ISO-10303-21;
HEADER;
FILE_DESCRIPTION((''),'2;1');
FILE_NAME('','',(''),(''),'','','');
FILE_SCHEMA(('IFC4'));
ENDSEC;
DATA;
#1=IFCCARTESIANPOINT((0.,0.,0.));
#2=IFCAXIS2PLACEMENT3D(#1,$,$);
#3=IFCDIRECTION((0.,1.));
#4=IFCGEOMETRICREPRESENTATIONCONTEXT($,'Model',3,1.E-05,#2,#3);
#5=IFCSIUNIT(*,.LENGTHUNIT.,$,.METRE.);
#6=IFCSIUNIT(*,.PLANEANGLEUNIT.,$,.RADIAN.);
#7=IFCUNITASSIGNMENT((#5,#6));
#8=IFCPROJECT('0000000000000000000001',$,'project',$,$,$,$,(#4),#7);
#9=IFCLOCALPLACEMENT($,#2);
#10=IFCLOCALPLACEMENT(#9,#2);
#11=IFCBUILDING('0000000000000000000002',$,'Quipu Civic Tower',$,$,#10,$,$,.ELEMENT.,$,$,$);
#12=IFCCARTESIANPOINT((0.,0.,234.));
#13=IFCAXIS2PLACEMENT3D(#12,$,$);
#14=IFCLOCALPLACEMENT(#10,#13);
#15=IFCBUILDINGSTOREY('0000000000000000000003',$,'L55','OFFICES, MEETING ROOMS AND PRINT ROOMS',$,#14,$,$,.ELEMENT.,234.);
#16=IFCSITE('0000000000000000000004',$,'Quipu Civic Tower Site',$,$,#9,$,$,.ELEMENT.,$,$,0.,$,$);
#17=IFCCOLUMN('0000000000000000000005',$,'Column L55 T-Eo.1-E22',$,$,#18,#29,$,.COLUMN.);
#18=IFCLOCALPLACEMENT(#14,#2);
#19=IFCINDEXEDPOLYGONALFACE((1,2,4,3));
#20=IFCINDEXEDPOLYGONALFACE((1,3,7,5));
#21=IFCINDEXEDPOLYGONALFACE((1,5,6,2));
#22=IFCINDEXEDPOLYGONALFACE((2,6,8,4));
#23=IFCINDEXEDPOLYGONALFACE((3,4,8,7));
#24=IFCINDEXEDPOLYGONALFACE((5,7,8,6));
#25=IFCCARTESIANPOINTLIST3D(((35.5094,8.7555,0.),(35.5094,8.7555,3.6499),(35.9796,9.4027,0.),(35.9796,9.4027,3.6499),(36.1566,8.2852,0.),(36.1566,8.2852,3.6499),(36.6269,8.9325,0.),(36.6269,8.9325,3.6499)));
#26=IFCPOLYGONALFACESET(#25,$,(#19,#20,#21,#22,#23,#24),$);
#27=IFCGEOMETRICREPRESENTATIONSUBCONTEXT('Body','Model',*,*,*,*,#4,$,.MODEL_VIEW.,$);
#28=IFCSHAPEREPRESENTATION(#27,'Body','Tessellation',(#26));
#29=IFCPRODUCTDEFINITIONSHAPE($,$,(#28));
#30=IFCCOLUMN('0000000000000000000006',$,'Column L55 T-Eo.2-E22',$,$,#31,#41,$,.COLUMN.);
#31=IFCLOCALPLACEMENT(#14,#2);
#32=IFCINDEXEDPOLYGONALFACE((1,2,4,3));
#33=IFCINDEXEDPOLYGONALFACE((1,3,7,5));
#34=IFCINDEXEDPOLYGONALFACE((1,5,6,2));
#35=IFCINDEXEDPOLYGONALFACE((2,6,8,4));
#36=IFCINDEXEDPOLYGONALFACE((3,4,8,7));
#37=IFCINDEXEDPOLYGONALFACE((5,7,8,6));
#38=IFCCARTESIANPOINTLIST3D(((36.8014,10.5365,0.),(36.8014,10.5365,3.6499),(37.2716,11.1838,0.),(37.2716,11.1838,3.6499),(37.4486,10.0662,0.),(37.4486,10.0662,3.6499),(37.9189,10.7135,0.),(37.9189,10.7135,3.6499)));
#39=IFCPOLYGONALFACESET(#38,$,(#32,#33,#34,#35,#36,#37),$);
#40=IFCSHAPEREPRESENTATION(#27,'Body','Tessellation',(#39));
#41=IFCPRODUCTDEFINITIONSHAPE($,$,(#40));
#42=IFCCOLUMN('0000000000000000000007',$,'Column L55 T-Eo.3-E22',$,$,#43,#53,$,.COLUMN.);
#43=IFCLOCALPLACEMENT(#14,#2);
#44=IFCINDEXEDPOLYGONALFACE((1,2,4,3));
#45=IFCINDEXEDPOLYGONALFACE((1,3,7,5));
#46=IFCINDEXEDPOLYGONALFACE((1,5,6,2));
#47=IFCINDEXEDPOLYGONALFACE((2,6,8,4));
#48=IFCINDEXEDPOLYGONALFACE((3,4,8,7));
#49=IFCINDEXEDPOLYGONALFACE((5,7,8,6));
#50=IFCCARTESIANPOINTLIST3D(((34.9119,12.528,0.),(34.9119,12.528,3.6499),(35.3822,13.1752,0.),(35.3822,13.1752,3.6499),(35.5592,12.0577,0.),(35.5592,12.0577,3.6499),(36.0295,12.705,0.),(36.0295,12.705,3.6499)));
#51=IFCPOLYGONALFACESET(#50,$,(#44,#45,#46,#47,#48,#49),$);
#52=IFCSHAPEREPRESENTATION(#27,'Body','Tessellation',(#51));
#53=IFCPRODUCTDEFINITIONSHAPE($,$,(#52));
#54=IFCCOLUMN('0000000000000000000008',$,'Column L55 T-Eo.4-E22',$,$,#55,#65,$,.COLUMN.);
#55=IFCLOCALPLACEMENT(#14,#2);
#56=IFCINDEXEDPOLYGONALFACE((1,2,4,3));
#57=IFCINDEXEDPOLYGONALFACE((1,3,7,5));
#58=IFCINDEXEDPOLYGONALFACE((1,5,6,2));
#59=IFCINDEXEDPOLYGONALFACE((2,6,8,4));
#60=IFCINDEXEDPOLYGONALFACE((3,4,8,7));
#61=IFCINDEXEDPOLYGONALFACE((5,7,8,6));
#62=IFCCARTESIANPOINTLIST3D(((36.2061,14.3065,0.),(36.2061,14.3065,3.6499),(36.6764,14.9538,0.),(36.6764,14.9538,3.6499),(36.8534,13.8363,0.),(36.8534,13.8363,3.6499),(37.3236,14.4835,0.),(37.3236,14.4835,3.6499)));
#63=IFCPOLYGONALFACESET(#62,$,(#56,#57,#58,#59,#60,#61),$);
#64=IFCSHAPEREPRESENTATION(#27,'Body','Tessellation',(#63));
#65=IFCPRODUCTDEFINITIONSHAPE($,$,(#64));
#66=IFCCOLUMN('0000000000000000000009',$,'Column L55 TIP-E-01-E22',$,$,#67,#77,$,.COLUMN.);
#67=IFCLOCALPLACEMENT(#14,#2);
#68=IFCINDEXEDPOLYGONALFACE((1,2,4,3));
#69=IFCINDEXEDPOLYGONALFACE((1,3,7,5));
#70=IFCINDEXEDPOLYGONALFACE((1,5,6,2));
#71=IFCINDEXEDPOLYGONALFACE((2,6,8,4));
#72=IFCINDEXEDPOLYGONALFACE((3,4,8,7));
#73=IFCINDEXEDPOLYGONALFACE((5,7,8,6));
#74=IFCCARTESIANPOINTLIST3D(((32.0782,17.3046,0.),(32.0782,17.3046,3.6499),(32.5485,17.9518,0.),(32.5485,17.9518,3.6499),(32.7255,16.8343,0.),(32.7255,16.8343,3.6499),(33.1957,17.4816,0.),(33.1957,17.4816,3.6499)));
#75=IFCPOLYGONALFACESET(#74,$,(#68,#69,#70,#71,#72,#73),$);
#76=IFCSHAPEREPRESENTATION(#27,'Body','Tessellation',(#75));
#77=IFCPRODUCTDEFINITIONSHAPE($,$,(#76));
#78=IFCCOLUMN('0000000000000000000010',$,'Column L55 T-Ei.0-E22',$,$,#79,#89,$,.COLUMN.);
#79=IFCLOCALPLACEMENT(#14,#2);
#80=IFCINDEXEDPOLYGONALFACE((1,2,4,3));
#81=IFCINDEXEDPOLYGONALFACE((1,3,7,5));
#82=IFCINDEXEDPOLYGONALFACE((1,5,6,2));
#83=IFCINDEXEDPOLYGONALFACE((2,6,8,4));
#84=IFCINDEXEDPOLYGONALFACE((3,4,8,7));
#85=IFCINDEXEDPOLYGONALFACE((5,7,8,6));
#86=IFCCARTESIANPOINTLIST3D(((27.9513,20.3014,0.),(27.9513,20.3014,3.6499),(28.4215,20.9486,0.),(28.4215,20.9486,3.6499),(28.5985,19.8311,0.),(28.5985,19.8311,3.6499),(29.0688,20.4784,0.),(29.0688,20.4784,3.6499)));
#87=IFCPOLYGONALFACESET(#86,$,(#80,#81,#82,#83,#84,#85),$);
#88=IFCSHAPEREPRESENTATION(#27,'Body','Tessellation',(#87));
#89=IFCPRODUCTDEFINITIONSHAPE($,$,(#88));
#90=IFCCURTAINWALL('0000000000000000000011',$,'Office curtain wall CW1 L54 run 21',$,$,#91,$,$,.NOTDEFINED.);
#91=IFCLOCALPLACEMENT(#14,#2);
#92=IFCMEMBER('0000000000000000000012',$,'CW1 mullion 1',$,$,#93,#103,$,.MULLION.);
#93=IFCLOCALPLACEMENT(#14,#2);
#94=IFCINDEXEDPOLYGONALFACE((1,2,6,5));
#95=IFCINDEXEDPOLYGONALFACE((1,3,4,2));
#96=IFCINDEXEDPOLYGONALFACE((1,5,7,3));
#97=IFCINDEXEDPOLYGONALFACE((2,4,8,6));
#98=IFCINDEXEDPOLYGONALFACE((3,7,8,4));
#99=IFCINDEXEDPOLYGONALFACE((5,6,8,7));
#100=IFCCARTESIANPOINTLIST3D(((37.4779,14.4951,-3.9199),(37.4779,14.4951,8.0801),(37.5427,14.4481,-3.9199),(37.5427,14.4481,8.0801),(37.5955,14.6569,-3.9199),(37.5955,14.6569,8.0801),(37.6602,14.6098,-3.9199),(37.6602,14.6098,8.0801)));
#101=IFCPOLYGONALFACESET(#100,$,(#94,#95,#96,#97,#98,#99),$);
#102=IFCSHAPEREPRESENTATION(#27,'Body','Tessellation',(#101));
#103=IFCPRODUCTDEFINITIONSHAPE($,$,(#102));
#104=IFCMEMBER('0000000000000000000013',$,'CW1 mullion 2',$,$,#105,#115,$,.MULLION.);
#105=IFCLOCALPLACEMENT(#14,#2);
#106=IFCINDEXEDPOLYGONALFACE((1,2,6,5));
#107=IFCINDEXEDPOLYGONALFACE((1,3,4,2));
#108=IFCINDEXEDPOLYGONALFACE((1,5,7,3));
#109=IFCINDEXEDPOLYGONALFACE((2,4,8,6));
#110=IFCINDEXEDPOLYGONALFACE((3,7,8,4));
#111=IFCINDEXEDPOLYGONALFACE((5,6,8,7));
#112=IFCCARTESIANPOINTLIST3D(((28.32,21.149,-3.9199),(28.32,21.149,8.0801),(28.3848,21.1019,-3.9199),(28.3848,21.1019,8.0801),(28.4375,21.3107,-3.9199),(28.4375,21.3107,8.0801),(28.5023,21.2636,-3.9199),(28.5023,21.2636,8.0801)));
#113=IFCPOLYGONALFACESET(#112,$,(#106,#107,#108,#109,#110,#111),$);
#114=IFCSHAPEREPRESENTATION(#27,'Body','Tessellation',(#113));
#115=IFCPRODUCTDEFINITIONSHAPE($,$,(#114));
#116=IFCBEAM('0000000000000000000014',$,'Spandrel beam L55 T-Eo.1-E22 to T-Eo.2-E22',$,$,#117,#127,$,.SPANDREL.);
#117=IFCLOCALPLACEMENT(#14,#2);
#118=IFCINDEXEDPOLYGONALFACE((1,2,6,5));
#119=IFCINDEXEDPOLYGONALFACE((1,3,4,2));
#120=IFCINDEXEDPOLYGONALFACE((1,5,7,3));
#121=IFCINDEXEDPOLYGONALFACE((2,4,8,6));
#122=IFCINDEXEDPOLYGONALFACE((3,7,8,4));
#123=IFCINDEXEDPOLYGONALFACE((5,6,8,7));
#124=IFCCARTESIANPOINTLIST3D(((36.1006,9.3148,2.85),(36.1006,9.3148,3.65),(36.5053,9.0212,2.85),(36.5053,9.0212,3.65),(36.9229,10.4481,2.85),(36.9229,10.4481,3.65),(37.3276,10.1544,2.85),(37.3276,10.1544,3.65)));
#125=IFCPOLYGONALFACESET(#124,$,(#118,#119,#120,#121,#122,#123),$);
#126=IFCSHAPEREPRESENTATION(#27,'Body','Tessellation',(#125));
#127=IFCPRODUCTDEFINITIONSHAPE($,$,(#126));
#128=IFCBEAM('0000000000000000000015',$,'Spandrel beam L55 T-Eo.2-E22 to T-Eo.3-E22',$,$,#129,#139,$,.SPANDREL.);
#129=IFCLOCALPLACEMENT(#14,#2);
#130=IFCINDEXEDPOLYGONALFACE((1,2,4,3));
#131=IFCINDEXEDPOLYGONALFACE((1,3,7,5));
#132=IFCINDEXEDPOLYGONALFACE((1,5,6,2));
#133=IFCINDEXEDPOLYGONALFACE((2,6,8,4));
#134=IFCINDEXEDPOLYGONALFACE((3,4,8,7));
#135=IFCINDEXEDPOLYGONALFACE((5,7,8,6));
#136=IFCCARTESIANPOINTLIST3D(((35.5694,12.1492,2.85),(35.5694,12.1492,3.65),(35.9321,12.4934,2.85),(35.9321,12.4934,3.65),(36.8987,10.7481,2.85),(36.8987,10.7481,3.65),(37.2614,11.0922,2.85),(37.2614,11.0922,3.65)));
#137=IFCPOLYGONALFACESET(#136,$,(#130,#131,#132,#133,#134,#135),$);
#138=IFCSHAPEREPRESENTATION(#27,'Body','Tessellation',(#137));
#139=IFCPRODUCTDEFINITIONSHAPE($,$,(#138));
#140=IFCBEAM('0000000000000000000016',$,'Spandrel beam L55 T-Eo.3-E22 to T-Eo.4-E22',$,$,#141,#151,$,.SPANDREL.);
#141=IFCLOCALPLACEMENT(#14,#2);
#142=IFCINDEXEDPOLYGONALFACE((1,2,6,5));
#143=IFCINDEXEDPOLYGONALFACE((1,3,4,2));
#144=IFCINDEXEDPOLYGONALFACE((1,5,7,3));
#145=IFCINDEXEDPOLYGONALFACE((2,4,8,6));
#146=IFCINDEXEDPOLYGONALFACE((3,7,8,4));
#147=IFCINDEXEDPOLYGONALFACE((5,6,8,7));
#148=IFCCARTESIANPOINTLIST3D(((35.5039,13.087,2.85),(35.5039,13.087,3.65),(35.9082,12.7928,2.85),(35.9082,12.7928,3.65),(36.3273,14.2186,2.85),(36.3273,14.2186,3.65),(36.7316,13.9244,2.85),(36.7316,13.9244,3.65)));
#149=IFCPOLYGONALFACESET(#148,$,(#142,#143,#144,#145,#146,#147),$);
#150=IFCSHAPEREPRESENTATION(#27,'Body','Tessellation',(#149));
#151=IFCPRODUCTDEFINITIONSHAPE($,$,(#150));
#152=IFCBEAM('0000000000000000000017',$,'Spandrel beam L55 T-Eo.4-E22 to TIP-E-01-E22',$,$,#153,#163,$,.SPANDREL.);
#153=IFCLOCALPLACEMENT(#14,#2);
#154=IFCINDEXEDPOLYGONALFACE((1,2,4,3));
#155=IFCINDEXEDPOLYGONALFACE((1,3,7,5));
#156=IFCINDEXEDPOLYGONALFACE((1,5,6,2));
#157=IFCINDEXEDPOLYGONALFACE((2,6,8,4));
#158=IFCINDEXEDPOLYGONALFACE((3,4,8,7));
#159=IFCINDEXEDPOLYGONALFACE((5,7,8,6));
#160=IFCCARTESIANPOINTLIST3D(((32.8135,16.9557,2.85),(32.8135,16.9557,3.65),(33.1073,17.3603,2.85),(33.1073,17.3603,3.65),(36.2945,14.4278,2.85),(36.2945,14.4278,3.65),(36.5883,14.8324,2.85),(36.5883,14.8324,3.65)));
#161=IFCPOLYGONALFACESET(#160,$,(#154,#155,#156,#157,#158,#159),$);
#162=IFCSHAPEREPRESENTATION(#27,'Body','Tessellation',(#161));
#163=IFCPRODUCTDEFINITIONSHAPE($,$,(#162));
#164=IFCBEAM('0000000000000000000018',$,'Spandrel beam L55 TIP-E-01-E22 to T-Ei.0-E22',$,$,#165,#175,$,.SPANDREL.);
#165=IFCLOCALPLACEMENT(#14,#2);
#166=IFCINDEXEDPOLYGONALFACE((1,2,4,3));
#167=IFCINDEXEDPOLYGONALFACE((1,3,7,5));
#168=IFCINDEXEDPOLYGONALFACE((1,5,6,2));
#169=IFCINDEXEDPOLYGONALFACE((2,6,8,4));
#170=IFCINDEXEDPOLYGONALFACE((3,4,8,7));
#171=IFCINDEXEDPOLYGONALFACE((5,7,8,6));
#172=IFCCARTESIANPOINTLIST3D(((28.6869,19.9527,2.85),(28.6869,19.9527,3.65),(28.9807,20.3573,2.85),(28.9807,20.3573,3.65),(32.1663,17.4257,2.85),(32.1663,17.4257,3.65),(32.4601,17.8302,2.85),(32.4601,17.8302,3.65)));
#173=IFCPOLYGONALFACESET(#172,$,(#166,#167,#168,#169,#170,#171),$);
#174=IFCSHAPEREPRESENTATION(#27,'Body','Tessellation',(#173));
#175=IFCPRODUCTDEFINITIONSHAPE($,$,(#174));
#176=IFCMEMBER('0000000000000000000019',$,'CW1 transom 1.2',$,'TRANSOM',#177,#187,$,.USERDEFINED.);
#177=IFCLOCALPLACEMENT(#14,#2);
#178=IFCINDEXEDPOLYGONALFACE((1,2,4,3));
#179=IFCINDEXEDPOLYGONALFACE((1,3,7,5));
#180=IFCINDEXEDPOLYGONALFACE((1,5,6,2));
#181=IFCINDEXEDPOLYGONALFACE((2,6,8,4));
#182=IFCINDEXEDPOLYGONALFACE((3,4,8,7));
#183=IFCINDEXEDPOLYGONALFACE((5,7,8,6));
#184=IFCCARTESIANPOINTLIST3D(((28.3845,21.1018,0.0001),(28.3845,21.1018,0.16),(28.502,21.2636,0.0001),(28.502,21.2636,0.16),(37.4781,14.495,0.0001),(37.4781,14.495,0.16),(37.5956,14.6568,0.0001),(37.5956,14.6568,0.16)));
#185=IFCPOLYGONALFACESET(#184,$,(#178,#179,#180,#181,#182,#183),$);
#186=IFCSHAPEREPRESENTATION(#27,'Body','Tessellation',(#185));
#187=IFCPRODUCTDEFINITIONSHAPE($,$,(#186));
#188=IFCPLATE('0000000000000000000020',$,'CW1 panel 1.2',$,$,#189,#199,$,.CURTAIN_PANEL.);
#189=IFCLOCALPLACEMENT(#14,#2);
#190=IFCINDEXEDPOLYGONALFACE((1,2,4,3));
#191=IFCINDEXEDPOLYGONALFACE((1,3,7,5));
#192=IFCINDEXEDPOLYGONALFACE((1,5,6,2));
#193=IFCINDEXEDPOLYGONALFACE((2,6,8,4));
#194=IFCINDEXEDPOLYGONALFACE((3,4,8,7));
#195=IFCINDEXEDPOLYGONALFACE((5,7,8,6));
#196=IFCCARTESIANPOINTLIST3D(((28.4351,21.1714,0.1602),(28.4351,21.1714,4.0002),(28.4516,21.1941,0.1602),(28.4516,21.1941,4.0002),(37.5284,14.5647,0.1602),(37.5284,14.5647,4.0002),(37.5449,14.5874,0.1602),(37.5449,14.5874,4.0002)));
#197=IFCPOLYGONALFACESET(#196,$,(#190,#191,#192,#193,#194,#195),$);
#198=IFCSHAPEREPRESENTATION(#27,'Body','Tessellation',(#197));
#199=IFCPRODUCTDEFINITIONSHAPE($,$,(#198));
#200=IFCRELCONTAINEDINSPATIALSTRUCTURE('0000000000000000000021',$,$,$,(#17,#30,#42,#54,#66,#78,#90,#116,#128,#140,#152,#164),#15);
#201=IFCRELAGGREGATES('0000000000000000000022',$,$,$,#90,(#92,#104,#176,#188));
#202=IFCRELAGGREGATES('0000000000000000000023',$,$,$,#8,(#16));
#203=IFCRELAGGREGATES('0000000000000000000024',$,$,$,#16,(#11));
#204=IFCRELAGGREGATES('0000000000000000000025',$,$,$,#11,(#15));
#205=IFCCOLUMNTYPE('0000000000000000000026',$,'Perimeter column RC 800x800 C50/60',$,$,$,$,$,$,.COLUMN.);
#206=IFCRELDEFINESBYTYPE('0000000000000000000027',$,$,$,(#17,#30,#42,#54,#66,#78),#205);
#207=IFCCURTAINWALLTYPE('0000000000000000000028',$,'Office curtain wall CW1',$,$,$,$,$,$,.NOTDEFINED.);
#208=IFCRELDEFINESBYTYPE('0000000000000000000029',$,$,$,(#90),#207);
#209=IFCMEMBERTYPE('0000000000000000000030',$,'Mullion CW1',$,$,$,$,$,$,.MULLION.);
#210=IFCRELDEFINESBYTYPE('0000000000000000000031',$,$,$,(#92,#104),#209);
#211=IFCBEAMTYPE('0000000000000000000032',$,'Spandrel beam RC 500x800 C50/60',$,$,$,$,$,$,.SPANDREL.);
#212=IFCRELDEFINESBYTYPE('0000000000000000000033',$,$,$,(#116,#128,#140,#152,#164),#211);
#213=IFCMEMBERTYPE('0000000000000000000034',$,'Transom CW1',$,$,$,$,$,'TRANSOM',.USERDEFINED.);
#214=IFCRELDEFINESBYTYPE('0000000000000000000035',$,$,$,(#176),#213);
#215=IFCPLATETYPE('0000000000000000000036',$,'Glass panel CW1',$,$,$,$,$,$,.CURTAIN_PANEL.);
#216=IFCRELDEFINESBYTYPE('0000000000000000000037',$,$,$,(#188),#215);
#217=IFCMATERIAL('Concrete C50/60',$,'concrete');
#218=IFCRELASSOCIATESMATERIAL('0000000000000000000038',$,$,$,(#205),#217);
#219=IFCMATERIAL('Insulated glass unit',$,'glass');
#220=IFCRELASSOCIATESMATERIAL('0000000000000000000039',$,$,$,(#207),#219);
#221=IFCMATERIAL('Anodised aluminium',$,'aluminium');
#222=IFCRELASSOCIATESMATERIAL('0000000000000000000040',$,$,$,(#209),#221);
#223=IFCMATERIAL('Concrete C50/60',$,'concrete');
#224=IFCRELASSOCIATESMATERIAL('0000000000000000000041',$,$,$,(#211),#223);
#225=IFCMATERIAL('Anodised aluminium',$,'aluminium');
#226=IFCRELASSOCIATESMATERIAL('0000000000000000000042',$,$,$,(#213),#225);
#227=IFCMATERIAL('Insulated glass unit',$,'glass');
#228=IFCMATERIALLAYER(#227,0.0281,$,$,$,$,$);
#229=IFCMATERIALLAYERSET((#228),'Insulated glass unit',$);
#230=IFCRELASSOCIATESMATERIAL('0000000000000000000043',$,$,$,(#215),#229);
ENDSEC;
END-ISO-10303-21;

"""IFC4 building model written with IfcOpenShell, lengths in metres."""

from ifc_helpers import new_model, si_unit, direction, frame, origin, origin_2d, place, context, subcontext, project, spatial, rectangle, extrude, material, layer, layer_set, material_profile, profile_set, type_object, element, aggregate, save


model = new_model("IFC4")

# Units and contexts
model_context = context("Model", 3, precision=1e-05, world=origin(), true_north=direction((0.0, 1.0)))
body_context = subcontext(model_context, "Body", "Model", "MODEL_VIEW")
ifc_project = project(units=[si_unit("LENGTHUNIT", "METRE"), si_unit("PLANEANGLEUNIT", "RADIAN")], contexts=[model_context])

# Site, building, storey
site_placement = place(None, origin())
site = spatial("IfcSite", under=ifc_project, at=site_placement, Name="Quipu Civic Tower Site", CompositionType="ELEMENT", RefElevation=0.0)
building_placement = place(site_placement, origin())
building = spatial("IfcBuilding", under=site, at=building_placement, Name="Quipu Civic Tower", CompositionType="ELEMENT")
storey_placement = place(building_placement, frame((0.0, 0.0, 234.0)))
storey = spatial("IfcBuildingStorey", under=building, at=storey_placement, Name="L55", Description="OFFICES, MEETING ROOMS AND PRINT ROOMS", CompositionType="ELEMENT", Elevation=234.0)

# Columns
ifc_material_1 = material(Name="Concrete C50/60", Category="concrete")
ifc_material_profile_1 = material_profile(ifc_material_1, rectangle(XDim=0.8, YDim=0.8, at=origin_2d()), Name="RC800x800")
ifc_profile_set_1 = profile_set([ifc_material_profile_1], Name="Concrete C50/60")
column_type = type_object("IfcColumnType", Name="Perimeter column RC 800x800 C50/60", PredefinedType="COLUMN", material=ifc_profile_set_1)
for number, where, z_axis, x_axis, name in (
    (1, (36.0681, 8.844, 0.0), (0.0, 0.0, 1.0), (0.587785, 0.809017, 0.0), "Column L55 T-Eo.1-E22"),
    (2, (37.3601, 10.625, 0.0), (0.0, 0.0, 1.0), (0.587785, 0.809017, 0.0), "Column L55 T-Eo.2-E22"),
    (3, (35.4707, 12.6165, 0.0), (0.0, 0.0, 1.0), (-0.809017, 0.587785, 0.0), "Column L55 T-Eo.3-E22"),
    (4, (36.7649, 14.395, 0.0), (0.0, 0.0, 1.0), (-0.809017, 0.587785, 0.0), "Column L55 T-Eo.4-E22"),
    (5, (32.637, 17.3931, 0.0), (0.0, 0.0, 1.0), (-0.809017, 0.587785, 0.0), "Column L55 TIP-E-01-E22"),
    (6, (28.51, 20.3899, 0.0), (0.0, 0.0, 1.0), (-0.587785, -0.809017, 0.0), "Column L55 T-Ei.0-E22"),
):
    element("IfcColumn", number, at=place(storey_placement, frame(where, z_axis=z_axis, x_axis=x_axis)), inside=storey, type_object=column_type, Name=name, PredefinedType="COLUMN", context=body_context, shape_type="SweptSolid", body=[
        extrude(rectangle(XDim=0.8, YDim=0.8, at=origin_2d()), origin(), (0.0, 0.0, 1.0), 3.6499),
    ])

# Curtain wall, members
ifc_material_2 = material(Name="Insulated glass unit", Category="glass")
curtain_wall_type = type_object("IfcCurtainWallType", Name="Office curtain wall CW1", PredefinedType="NOTDEFINED", material=ifc_material_2)
curtain_wall_placement = place(storey_placement, origin())
curtain_wall = element("IfcCurtainWall", 7, at=curtain_wall_placement, inside=storey, type_object=curtain_wall_type, Name="Office curtain wall CW1 L54 run 21", PredefinedType="NOTDEFINED")
ifc_material_3 = material(Name="Anodised aluminium", Category="aluminium")
ifc_material_profile_2 = material_profile(ifc_material_3, rectangle(XDim=0.2, YDim=0.0801, at=origin_2d()), Name="RECT 200x80")
ifc_profile_set_2 = profile_set([ifc_material_profile_2], Name="Anodised aluminium")
member_type_1 = type_object("IfcMemberType", Name="Mullion CW1", PredefinedType="MULLION", material=ifc_profile_set_2)
member_1_placement = place(storey_placement, frame((37.5691, 14.5525, -3.9199), z_axis=(0.0, 0.0, 1.0), x_axis=(-0.587788, -0.809015, 0.0)))
member_1 = element("IfcMember", 8, at=member_1_placement, type_object=member_type_1, Name="CW1 mullion 1", PredefinedType="MULLION", context=body_context, shape_type="SweptSolid", body=[
    extrude(rectangle(XDim=0.2, YDim=0.0801, at=origin_2d()), origin(), (0.0, 0.0, 1.0), 12.0),
])
member_2_placement = place(storey_placement, frame((28.4111, 21.2063, -3.9199), z_axis=(0.0, 0.0, 1.0), x_axis=(-0.587788, -0.809015, 0.0)))
member_2 = element("IfcMember", 9, at=member_2_placement, type_object=member_type_1, Name="CW1 mullion 2", PredefinedType="MULLION", context=body_context, shape_type="SweptSolid", body=[
    extrude(rectangle(XDim=0.2, YDim=0.0801, at=origin_2d()), origin(), (0.0, 0.0, 1.0), 12.0),
])

# Beams
ifc_material_4 = material(Name="Concrete C50/60", Category="concrete")
ifc_material_profile_3 = material_profile(ifc_material_4, rectangle(XDim=0.5, YDim=0.8, at=origin_2d()), Name="RC500x800")
ifc_profile_set_3 = profile_set([ifc_material_profile_3], Name="Concrete C50/60")
beam_type = type_object("IfcBeamType", Name="Spandrel beam RC 500x800 C50/60", PredefinedType="SPANDREL", material=ifc_profile_set_3)
beam_1_placement = place(storey_placement, frame((36.303, 9.168, 3.25), z_axis=(0.587259, 0.809399, 0.0), x_axis=(-0.809399, 0.587259, 0.0)))
element("IfcBeam", 10, at=beam_1_placement, inside=storey, type_object=beam_type, Name="Spandrel beam L55 T-Eo.1-E22 to T-Eo.2-E22", PredefinedType="SPANDREL", context=body_context, shape_type="SweptSolid", body=[
    extrude(rectangle(XDim=0.5, YDim=0.8, at=origin_2d()), origin(), (0.0, 0.0, 1.0), 1.4001),
])
beam_2_placement = place(storey_placement, frame((37.0801, 10.9202, 3.25), z_axis=(-0.688281, 0.725444, 0.0), x_axis=(-0.725444, -0.688281, 0.0)))
element("IfcBeam", 11, at=beam_2_placement, inside=storey, type_object=beam_type, Name="Spandrel beam L55 T-Eo.2-E22 to T-Eo.3-E22", PredefinedType="SPANDREL", context=body_context, shape_type="SweptSolid", body=[
    extrude(rectangle(XDim=0.5, YDim=0.8, at=origin_2d()), origin(), (0.0, 0.0, 1.0), 1.9314),
])
beam_3_placement = place(storey_placement, frame((35.7061, 12.9399, 3.25), z_axis=(0.58841, 0.808563, 0.0), x_axis=(-0.808563, 0.58841, 0.0)))
element("IfcBeam", 12, at=beam_3_placement, inside=storey, type_object=beam_type, Name="Spandrel beam L55 T-Eo.3-E22 to T-Eo.4-E22", PredefinedType="SPANDREL", context=body_context, shape_type="SweptSolid", body=[
    extrude(rectangle(XDim=0.5, YDim=0.8, at=origin_2d()), origin(), (0.0, 0.0, 1.0), 1.3994),
])
beam_4_placement = place(storey_placement, frame((36.4414, 14.6301, 3.25), z_axis=(-0.809153, 0.587598, 0.0), x_axis=(-0.587598, -0.809153, 0.0)))
element("IfcBeam", 13, at=beam_4_placement, inside=storey, type_object=beam_type, Name="Spandrel beam L55 T-Eo.4-E22 to TIP-E-01-E22", PredefinedType="SPANDREL", context=body_context, shape_type="SweptSolid", body=[
    extrude(rectangle(XDim=0.5, YDim=0.8, at=origin_2d()), origin(), (0.0, 0.0, 1.0), 4.302),
])
beam_5_placement = place(storey_placement, frame((32.3132, 17.6279, 3.25), z_axis=(-0.809116, 0.587648, 0.0), x_axis=(-0.587648, -0.809116, 0.0)))
element("IfcBeam", 14, at=beam_5_placement, inside=storey, type_object=beam_type, Name="Spandrel beam L55 TIP-E-01-E22 to T-Ei.0-E22", PredefinedType="SPANDREL", context=body_context, shape_type="SweptSolid", body=[
    extrude(rectangle(XDim=0.5, YDim=0.8, at=origin_2d()), origin(), (0.0, 0.0, 1.0), 4.3003),
])

# Member
ifc_material_5 = material(Name="Anodised aluminium", Category="aluminium")
ifc_material_profile_4 = material_profile(ifc_material_5, rectangle(XDim=0.2, YDim=0.1599, at=origin_2d()), Name="RECT 200x160")
ifc_profile_set_4 = profile_set([ifc_material_profile_4], Name="Anodised aluminium")
member_type_2 = type_object("IfcMemberType", Name="Transom CW1", ElementType="TRANSOM", PredefinedType="USERDEFINED", material=ifc_profile_set_4)
member_3_placement = place(storey_placement, frame((37.5369, 14.5759, 0.0801), z_axis=(-0.809022, 0.587778, 0.0), x_axis=(-0.587778, -0.809022, 0.0)))
member_3 = element("IfcMember", 15, at=member_3_placement, type_object=member_type_2, Name="CW1 transom 1.2", ObjectType="TRANSOM", PredefinedType="USERDEFINED", context=body_context, shape_type="SweptSolid", body=[
    extrude(rectangle(XDim=0.2, YDim=0.1599, at=origin_2d()), origin(), (0.0, 0.0, 1.0), 11.2402),
])

# Plate
ifc_material_6 = material(Name="Insulated glass unit", Category="glass")
ifc_layer = layer(ifc_material_6, 0.0281)
ifc_layer_set = layer_set([ifc_layer], Name="Insulated glass unit")
plate_type_1 = type_object("IfcPlateType", Name="Glass panel CW1", PredefinedType="CURTAIN_PANEL", material=ifc_layer_set)
plate_placement = place(storey_placement, frame((32.99, 17.8794, 0.1602), z_axis=(0.0, 0.0, 1.0), x_axis=(-0.809015, 0.587788, 0.0)))
plate = element("IfcPlate", 16, at=plate_placement, type_object=plate_type_1, Name="CW1 panel 1.2", PredefinedType="CURTAIN_PANEL", context=body_context, shape_type="SweptSolid", body=[
    extrude(rectangle(XDim=11.24, YDim=0.0281, at=origin_2d()), origin(), (0.0, 0.0, 1.0), 3.8401),
])
aggregate(curtain_wall, [member_1, member_2, member_3, plate])

save(model, "model.ifc")
